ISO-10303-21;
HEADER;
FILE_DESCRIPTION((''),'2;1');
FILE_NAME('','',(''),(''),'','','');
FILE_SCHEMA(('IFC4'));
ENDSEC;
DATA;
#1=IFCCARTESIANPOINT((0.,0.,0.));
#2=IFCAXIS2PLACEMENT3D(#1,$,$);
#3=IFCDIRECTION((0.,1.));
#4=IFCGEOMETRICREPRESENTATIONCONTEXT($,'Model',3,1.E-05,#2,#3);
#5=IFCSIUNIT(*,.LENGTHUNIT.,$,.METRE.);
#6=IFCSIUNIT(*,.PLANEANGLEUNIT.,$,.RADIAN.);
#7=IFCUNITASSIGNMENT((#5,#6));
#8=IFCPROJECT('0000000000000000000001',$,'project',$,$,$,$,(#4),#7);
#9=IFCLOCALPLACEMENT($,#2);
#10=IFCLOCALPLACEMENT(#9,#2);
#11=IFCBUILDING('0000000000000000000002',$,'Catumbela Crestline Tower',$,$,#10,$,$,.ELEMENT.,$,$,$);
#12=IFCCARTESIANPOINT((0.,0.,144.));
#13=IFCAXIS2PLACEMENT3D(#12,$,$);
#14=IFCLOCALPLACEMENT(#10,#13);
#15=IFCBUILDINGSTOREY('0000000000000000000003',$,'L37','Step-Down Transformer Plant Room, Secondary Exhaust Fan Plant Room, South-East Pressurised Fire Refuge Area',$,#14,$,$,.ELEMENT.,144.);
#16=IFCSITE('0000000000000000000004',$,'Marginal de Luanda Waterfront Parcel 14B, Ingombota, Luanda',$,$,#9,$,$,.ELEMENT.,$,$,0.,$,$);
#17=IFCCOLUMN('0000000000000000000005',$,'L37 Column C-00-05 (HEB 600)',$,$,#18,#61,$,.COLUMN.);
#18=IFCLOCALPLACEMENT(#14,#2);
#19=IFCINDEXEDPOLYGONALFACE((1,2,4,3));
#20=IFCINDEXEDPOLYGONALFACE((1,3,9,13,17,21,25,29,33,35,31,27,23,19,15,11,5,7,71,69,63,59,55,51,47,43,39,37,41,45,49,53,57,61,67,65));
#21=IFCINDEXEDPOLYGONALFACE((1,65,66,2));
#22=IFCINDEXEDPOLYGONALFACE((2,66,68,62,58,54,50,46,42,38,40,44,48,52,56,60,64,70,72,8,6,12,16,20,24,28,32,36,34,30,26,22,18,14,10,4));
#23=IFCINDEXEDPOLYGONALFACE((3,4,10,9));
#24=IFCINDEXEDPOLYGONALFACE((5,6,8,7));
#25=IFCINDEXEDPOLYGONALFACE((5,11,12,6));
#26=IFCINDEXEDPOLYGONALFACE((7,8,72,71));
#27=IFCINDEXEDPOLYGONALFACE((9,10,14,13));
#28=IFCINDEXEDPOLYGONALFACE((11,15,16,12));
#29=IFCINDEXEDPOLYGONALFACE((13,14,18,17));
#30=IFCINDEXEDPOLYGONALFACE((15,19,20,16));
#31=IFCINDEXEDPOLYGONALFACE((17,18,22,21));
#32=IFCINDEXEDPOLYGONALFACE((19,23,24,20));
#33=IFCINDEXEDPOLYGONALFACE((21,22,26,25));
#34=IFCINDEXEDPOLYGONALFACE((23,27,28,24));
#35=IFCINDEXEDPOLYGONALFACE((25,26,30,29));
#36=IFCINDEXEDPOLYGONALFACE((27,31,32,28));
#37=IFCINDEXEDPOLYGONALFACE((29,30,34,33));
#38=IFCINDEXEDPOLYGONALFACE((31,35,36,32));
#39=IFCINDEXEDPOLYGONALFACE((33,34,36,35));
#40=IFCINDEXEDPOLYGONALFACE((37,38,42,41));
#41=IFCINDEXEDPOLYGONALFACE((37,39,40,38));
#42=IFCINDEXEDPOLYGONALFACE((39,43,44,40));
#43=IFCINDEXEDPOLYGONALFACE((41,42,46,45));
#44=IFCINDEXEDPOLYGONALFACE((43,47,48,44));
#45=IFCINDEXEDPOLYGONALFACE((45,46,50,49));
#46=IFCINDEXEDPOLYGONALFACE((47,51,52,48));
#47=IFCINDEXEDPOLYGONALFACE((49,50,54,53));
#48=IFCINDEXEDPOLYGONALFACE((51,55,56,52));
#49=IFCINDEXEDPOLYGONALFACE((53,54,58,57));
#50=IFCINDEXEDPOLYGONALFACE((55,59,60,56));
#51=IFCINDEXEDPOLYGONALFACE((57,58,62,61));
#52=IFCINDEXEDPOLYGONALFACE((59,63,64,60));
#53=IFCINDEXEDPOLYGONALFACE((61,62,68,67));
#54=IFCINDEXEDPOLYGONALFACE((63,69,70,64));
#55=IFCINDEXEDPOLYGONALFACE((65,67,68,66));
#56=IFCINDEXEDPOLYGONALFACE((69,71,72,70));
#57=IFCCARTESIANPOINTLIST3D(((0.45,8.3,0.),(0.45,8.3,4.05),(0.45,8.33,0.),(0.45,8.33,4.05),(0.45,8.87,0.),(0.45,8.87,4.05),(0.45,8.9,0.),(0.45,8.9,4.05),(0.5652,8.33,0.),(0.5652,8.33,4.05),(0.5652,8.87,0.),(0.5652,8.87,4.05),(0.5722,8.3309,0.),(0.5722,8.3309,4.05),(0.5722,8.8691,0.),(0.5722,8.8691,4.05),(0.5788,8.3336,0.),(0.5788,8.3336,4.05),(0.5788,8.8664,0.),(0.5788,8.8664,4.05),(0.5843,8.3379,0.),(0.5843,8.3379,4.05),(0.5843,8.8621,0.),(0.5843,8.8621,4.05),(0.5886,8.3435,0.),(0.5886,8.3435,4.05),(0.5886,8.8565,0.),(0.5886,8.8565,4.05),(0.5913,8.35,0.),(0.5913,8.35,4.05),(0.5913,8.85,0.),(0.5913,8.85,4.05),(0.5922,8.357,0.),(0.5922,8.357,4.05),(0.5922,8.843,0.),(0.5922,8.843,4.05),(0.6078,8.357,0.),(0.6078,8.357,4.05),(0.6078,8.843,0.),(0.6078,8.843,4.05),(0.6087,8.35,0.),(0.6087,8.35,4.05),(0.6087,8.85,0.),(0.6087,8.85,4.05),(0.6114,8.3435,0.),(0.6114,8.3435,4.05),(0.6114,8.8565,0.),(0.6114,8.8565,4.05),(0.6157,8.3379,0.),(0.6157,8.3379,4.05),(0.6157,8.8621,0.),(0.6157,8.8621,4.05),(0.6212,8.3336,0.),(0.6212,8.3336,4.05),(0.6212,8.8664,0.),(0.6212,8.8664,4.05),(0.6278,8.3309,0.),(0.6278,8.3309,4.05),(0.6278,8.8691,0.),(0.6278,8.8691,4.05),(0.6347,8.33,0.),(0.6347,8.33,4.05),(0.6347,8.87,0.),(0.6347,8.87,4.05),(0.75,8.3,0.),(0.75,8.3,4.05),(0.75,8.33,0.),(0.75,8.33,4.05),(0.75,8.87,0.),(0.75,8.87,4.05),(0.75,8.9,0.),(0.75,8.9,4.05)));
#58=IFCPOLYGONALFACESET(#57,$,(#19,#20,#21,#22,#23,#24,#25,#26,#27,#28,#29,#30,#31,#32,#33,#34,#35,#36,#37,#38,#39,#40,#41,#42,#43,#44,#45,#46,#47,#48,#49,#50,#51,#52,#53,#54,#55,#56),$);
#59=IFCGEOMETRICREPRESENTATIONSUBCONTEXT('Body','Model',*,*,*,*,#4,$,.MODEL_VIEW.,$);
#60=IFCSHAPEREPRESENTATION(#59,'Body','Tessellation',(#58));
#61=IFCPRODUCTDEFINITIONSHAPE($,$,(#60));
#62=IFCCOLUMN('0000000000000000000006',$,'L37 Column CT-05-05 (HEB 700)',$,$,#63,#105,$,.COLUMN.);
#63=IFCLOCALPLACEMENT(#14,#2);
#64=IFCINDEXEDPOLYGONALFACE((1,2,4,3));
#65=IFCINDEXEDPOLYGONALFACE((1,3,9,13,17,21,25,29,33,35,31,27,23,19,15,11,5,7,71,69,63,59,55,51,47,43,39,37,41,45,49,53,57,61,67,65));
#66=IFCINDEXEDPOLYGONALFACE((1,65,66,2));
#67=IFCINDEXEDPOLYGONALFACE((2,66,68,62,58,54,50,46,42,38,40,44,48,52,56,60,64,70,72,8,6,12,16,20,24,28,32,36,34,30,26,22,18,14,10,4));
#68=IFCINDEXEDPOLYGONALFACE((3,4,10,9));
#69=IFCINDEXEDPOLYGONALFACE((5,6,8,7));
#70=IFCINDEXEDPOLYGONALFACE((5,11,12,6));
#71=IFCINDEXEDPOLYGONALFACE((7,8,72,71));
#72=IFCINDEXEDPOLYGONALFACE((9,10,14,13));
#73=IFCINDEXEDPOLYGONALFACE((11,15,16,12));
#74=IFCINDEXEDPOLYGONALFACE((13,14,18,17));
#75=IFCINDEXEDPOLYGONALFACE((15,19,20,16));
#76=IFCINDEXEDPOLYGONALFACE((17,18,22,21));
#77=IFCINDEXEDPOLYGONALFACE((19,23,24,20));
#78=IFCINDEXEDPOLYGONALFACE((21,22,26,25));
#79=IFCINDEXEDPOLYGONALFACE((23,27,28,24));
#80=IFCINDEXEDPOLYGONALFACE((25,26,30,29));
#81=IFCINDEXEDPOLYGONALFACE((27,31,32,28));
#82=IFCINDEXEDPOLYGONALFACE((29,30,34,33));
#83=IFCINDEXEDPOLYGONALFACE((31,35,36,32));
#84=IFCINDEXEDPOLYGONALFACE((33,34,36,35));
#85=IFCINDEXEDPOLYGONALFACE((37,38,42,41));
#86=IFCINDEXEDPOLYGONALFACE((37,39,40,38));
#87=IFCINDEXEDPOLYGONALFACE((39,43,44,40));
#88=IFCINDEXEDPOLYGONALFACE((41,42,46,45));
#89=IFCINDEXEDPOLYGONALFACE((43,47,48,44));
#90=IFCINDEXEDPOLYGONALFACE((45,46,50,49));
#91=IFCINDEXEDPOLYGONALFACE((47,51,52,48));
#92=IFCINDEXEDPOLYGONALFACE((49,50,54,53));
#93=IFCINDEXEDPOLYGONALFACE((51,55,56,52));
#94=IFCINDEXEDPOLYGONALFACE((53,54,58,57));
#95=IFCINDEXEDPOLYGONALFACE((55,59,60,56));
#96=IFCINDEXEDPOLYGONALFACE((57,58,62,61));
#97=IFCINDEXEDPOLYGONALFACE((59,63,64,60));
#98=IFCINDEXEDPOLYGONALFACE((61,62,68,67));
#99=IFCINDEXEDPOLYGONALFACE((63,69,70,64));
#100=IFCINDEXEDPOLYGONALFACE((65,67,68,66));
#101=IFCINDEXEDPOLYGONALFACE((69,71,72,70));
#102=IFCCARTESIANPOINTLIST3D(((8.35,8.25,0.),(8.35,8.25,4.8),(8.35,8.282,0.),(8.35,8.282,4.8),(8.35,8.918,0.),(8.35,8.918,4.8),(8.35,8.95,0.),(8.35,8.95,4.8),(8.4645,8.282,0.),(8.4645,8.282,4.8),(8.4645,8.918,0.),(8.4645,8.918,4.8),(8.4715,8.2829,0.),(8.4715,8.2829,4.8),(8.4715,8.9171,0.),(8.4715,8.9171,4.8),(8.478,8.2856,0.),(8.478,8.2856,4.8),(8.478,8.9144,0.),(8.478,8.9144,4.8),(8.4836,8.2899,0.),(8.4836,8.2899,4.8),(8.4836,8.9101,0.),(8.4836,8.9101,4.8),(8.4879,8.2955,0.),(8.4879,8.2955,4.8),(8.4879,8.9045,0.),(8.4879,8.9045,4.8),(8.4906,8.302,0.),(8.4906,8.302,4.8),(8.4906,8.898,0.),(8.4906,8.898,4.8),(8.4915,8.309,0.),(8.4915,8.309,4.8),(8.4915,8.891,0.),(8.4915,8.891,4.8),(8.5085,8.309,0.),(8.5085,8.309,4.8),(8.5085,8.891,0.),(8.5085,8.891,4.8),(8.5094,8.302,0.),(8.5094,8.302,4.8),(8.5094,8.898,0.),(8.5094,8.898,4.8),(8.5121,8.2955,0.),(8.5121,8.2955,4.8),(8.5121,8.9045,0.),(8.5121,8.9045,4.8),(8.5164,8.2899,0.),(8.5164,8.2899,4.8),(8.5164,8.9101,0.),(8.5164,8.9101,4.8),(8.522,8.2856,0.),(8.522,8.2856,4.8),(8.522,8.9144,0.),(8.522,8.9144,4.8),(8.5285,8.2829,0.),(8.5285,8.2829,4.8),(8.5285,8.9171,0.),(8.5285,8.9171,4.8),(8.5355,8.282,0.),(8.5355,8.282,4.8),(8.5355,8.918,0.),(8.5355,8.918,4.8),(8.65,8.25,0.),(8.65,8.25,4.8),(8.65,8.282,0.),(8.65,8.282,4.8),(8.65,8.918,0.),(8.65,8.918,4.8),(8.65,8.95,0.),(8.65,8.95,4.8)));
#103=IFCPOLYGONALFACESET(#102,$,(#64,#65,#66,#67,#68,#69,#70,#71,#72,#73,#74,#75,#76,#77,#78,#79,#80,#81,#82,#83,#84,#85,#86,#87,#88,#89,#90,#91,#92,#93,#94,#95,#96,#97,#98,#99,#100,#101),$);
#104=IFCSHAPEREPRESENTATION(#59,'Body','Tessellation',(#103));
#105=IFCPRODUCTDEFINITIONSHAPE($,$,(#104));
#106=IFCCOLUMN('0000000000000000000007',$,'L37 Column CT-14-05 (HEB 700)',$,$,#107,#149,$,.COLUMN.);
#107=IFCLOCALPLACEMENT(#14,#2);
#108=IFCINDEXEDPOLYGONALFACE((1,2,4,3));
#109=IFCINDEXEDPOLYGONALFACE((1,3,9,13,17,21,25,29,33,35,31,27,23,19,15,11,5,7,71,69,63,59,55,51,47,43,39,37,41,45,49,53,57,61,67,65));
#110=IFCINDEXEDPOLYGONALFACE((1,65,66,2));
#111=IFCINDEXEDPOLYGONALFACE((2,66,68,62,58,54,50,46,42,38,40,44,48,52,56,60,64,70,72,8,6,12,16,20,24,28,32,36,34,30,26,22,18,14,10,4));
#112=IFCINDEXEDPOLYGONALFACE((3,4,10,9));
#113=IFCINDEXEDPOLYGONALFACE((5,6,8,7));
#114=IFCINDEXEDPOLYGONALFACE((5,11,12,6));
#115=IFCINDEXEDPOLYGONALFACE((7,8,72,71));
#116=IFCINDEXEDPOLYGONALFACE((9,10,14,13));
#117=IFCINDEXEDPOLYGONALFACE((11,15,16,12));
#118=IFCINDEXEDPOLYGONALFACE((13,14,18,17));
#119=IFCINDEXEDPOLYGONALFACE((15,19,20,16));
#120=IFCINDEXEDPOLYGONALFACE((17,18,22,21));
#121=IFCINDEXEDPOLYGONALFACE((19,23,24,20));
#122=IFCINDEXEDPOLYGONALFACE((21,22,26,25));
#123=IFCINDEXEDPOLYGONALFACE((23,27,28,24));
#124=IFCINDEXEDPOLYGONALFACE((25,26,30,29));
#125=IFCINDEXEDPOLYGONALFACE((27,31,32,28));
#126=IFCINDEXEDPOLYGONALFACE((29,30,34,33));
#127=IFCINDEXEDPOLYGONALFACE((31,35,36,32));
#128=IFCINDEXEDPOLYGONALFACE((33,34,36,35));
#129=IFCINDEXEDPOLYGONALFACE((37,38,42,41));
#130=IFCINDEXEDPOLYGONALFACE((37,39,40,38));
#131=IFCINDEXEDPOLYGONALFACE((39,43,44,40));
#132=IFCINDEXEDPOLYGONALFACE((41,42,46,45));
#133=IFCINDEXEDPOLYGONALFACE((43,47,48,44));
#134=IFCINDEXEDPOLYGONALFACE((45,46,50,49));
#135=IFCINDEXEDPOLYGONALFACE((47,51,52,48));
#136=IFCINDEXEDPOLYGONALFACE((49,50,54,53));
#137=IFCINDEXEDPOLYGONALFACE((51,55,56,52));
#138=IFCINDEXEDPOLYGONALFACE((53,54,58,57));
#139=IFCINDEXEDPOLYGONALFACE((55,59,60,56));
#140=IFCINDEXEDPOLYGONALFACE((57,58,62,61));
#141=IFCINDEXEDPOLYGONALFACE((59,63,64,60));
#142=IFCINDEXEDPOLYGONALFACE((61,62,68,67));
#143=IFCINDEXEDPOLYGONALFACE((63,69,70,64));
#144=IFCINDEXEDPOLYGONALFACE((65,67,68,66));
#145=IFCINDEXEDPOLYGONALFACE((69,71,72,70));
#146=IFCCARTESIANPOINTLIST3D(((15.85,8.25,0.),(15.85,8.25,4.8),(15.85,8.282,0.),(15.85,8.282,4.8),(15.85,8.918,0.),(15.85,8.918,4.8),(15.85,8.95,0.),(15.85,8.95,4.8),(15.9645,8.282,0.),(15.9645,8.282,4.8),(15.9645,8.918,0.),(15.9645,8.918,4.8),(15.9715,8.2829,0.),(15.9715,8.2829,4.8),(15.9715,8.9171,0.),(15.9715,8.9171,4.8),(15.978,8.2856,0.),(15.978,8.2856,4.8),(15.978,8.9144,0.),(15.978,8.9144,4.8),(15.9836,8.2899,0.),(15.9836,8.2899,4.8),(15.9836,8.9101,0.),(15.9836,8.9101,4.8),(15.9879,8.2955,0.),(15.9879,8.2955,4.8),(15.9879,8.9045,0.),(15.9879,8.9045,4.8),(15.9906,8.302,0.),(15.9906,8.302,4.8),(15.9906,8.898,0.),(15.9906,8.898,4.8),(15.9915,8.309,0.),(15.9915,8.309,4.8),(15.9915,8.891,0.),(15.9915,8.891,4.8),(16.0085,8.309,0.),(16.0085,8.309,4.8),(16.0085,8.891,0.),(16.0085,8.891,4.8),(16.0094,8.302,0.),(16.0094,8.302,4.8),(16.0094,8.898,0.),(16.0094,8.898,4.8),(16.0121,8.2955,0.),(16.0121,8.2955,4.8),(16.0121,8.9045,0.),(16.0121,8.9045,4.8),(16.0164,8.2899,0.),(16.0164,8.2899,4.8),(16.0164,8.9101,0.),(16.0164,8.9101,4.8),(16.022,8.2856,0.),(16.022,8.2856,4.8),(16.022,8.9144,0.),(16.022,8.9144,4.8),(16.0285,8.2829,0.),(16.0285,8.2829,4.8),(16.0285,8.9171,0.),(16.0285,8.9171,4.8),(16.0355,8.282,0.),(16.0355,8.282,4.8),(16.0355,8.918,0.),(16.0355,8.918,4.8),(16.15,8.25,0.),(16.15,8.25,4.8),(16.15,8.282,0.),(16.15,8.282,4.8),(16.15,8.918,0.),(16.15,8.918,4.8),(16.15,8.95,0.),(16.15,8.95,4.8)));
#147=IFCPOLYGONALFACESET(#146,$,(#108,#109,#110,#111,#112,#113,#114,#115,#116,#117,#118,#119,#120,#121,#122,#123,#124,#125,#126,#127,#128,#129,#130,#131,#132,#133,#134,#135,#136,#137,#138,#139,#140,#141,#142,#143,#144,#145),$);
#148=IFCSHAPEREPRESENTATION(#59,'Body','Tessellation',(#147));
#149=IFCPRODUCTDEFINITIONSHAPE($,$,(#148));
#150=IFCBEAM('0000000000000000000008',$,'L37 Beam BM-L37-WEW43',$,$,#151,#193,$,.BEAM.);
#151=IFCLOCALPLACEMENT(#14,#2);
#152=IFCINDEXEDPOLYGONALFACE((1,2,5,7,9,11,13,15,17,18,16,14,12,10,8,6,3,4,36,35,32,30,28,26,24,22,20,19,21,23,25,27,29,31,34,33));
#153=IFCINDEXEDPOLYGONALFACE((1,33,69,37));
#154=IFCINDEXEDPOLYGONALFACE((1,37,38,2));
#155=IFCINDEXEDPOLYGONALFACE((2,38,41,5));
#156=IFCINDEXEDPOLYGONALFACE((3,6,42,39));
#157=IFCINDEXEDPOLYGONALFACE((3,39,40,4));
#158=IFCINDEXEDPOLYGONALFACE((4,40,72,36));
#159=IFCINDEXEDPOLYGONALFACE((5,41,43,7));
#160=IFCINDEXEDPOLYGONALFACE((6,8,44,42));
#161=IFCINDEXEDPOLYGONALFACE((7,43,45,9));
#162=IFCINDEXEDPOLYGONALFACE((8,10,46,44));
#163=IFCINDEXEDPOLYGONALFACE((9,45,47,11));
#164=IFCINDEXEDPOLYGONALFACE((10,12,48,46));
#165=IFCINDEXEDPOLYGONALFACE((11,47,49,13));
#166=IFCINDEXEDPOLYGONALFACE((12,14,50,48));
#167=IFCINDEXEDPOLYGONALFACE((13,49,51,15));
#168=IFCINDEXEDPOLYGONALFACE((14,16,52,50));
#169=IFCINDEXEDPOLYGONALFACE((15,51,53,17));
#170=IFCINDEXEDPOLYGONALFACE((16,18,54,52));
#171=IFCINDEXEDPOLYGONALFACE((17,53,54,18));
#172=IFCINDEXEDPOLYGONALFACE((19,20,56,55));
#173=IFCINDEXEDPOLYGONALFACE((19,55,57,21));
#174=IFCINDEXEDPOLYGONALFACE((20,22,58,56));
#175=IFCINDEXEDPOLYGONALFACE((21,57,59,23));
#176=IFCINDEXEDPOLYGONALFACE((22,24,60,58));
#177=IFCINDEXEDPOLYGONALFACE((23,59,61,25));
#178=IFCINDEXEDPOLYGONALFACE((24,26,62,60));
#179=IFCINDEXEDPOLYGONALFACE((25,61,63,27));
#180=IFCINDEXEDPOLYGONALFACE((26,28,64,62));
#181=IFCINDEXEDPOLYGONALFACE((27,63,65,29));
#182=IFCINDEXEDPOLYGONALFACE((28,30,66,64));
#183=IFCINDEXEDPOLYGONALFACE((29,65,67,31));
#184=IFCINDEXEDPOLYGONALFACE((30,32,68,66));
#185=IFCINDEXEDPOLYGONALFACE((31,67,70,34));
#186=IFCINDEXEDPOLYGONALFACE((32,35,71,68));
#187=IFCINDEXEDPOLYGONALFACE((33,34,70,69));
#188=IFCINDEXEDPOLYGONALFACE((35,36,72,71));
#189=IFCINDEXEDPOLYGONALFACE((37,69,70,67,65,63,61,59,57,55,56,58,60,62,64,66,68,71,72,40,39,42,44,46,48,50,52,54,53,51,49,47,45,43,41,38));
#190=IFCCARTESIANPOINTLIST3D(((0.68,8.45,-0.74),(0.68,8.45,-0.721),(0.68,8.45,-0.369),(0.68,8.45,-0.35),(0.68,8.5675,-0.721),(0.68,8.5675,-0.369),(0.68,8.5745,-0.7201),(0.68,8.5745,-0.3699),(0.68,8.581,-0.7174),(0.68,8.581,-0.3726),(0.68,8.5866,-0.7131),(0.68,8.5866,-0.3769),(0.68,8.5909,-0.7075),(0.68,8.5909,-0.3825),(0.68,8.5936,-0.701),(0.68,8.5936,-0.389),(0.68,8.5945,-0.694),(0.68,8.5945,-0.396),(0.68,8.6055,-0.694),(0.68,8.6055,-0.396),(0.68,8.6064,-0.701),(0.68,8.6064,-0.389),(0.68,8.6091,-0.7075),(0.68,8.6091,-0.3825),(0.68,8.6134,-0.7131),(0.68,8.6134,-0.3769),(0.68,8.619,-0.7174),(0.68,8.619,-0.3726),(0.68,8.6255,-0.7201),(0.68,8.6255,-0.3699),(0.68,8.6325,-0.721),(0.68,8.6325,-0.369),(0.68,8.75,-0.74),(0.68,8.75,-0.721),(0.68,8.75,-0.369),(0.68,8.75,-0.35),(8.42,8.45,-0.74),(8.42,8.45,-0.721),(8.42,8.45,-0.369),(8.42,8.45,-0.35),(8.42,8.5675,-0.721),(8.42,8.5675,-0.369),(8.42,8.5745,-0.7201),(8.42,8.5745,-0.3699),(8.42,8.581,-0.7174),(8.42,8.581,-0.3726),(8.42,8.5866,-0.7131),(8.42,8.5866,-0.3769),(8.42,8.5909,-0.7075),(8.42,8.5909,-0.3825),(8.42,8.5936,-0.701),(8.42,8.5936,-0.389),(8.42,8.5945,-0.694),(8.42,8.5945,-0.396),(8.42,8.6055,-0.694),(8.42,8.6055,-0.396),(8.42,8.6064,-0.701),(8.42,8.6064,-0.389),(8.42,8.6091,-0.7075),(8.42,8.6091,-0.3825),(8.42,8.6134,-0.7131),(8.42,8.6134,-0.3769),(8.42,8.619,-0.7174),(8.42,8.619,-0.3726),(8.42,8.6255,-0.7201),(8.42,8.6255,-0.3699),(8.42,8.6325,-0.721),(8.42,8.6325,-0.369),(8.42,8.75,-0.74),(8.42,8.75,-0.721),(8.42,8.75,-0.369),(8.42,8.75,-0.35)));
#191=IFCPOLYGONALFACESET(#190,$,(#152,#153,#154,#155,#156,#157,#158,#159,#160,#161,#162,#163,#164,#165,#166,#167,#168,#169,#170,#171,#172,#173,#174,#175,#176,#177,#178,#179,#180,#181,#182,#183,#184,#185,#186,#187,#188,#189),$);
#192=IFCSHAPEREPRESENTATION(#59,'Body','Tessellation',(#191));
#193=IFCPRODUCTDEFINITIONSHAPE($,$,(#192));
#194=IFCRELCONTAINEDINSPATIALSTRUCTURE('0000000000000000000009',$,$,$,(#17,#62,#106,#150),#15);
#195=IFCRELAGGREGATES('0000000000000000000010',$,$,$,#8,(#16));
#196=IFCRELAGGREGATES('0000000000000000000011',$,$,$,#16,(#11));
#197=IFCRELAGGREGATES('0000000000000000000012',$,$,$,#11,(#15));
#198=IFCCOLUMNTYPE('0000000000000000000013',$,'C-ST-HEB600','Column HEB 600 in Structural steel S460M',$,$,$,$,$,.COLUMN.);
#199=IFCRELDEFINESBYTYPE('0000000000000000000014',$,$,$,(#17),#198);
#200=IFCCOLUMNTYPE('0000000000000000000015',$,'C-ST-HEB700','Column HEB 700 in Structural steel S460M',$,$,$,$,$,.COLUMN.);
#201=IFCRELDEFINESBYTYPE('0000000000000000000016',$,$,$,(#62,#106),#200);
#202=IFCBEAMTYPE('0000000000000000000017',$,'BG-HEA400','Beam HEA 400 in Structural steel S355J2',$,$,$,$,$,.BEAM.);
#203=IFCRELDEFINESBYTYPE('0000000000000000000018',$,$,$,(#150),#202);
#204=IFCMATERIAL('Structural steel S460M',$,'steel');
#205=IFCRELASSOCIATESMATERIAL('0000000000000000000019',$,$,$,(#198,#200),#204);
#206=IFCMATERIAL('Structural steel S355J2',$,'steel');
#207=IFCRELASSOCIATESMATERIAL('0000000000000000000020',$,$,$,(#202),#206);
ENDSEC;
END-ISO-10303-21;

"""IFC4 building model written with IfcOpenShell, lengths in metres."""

from ifc_helpers import new_model, si_unit, direction, frame, origin, origin_2d, place, context, subcontext, project, spatial, i_section, extrude, material, material_profile, profile_set, type_object, element, save


model = new_model("IFC4")

# Units and contexts
model_context = context("Model", 3, precision=1e-05, world=origin(), true_north=direction((0.0, 1.0)))
body_context = subcontext(model_context, "Body", "Model", "MODEL_VIEW")
ifc_project = project(units=[si_unit("LENGTHUNIT", "METRE"), si_unit("PLANEANGLEUNIT", "RADIAN")], contexts=[model_context])

# Site, building, storey
site_placement = place(None, origin())
site = spatial("IfcSite", under=ifc_project, at=site_placement, Name="Marginal de Luanda Waterfront Parcel 14B, Ingombota, Luanda", CompositionType="ELEMENT", RefElevation=0.0)
building_placement = place(site_placement, origin())
building = spatial("IfcBuilding", under=site, at=building_placement, Name="Catumbela Crestline Tower", CompositionType="ELEMENT")
storey_placement = place(building_placement, frame((0.0, 0.0, 144.0)))
storey = spatial("IfcBuildingStorey", under=building, at=storey_placement, Name="L37", Description="Step-Down Transformer Plant Room, Secondary Exhaust Fan Plant Room, South-East Pressurised Fire Refuge Area", CompositionType="ELEMENT", Elevation=144.0)

# Columns
ifc_material_1 = material(Name="Structural steel S460M", Category="steel")
ifc_material_profile_1 = material_profile(ifc_material_1, i_section(OverallWidth=0.3, OverallDepth=0.6, WebThickness=0.0155, FlangeThickness=0.03, FilletRadius=0.027, at=origin_2d()), Name="HEB 600")
ifc_profile_set_1 = profile_set([ifc_material_profile_1], Name="Structural steel S460M")
column_type_1 = type_object("IfcColumnType", Name="C-ST-HEB600", Description="Column HEB 600 in Structural steel S460M", PredefinedType="COLUMN", material=ifc_profile_set_1)
column_placement = place(storey_placement, frame((0.6, 8.6, 0.0), z_axis=(0.0, 0.0, 1.0), x_axis=(1.0, 0.0, 0.0)))
element("IfcColumn", 1, at=column_placement, inside=storey, type_object=column_type_1, Name="L37 Column C-00-05 (HEB 600)", PredefinedType="COLUMN", context=body_context, shape_type="SweptSolid", body=[
    extrude(i_section(OverallWidth=0.3, OverallDepth=0.6, WebThickness=0.0155, FlangeThickness=0.03, FilletRadius=0.027, at=origin_2d()), origin(), (0.0, 0.0, 1.0), 4.05),
])
ifc_material_profile_2 = material_profile(ifc_material_1, i_section(OverallWidth=0.3, OverallDepth=0.7, WebThickness=0.017, FlangeThickness=0.032, FilletRadius=0.027, at=origin_2d()), Name="HEB 700")
ifc_profile_set_2 = profile_set([ifc_material_profile_2], Name="Structural steel S460M")
column_type_2 = type_object("IfcColumnType", Name="C-ST-HEB700", Description="Column HEB 700 in Structural steel S460M", PredefinedType="COLUMN", material=ifc_profile_set_2)
for number, where, z_axis, x_axis, name in (
    (2, (8.5, 8.6, 0.0), (0.0, 0.0, 1.0), (1.0, 0.0, 0.0), "L37 Column CT-05-05 (HEB 700)"),
    (3, (16.0, 8.6, 0.0), (0.0, 0.0, 1.0), (1.0, 0.0, 0.0), "L37 Column CT-14-05 (HEB 700)"),
):
    element("IfcColumn", number, at=place(storey_placement, frame(where, z_axis=z_axis, x_axis=x_axis)), inside=storey, type_object=column_type_2, Name=name, PredefinedType="COLUMN", context=body_context, shape_type="SweptSolid", body=[
        extrude(i_section(OverallWidth=0.3, OverallDepth=0.7, WebThickness=0.017, FlangeThickness=0.032, FilletRadius=0.027, at=origin_2d()), origin(), (0.0, 0.0, 1.0), 4.8),
    ])

# Beam
ifc_material_2 = material(Name="Structural steel S355J2", Category="steel")
ifc_material_profile_3 = material_profile(ifc_material_2, i_section(OverallWidth=0.3, OverallDepth=0.39, WebThickness=0.011, FlangeThickness=0.019, FilletRadius=0.027, at=origin_2d()), Name="HEA 400")
ifc_profile_set_3 = profile_set([ifc_material_profile_3], Name="Structural steel S355J2")
beam_type_1 = type_object("IfcBeamType", Name="BG-HEA400", Description="Beam HEA 400 in Structural steel S355J2", PredefinedType="BEAM", material=ifc_profile_set_3)
beam_1_placement = place(storey_placement, frame((0.68, 8.6, -0.545), z_axis=(1.0, 0.0, 0.0), x_axis=(0.0, 1.0, 0.0)))
element("IfcBeam", 4, at=beam_1_placement, inside=storey, type_object=beam_type_1, Name="L37 Beam BM-L37-WEW43", PredefinedType="BEAM", context=body_context, shape_type="SweptSolid", body=[
    extrude(i_section(OverallWidth=0.3, OverallDepth=0.39, WebThickness=0.011, FlangeThickness=0.019, FilletRadius=0.027, at=origin_2d()), origin(), (0.0, 0.0, 1.0), 7.74),
])

save(model, "model.ifc")
